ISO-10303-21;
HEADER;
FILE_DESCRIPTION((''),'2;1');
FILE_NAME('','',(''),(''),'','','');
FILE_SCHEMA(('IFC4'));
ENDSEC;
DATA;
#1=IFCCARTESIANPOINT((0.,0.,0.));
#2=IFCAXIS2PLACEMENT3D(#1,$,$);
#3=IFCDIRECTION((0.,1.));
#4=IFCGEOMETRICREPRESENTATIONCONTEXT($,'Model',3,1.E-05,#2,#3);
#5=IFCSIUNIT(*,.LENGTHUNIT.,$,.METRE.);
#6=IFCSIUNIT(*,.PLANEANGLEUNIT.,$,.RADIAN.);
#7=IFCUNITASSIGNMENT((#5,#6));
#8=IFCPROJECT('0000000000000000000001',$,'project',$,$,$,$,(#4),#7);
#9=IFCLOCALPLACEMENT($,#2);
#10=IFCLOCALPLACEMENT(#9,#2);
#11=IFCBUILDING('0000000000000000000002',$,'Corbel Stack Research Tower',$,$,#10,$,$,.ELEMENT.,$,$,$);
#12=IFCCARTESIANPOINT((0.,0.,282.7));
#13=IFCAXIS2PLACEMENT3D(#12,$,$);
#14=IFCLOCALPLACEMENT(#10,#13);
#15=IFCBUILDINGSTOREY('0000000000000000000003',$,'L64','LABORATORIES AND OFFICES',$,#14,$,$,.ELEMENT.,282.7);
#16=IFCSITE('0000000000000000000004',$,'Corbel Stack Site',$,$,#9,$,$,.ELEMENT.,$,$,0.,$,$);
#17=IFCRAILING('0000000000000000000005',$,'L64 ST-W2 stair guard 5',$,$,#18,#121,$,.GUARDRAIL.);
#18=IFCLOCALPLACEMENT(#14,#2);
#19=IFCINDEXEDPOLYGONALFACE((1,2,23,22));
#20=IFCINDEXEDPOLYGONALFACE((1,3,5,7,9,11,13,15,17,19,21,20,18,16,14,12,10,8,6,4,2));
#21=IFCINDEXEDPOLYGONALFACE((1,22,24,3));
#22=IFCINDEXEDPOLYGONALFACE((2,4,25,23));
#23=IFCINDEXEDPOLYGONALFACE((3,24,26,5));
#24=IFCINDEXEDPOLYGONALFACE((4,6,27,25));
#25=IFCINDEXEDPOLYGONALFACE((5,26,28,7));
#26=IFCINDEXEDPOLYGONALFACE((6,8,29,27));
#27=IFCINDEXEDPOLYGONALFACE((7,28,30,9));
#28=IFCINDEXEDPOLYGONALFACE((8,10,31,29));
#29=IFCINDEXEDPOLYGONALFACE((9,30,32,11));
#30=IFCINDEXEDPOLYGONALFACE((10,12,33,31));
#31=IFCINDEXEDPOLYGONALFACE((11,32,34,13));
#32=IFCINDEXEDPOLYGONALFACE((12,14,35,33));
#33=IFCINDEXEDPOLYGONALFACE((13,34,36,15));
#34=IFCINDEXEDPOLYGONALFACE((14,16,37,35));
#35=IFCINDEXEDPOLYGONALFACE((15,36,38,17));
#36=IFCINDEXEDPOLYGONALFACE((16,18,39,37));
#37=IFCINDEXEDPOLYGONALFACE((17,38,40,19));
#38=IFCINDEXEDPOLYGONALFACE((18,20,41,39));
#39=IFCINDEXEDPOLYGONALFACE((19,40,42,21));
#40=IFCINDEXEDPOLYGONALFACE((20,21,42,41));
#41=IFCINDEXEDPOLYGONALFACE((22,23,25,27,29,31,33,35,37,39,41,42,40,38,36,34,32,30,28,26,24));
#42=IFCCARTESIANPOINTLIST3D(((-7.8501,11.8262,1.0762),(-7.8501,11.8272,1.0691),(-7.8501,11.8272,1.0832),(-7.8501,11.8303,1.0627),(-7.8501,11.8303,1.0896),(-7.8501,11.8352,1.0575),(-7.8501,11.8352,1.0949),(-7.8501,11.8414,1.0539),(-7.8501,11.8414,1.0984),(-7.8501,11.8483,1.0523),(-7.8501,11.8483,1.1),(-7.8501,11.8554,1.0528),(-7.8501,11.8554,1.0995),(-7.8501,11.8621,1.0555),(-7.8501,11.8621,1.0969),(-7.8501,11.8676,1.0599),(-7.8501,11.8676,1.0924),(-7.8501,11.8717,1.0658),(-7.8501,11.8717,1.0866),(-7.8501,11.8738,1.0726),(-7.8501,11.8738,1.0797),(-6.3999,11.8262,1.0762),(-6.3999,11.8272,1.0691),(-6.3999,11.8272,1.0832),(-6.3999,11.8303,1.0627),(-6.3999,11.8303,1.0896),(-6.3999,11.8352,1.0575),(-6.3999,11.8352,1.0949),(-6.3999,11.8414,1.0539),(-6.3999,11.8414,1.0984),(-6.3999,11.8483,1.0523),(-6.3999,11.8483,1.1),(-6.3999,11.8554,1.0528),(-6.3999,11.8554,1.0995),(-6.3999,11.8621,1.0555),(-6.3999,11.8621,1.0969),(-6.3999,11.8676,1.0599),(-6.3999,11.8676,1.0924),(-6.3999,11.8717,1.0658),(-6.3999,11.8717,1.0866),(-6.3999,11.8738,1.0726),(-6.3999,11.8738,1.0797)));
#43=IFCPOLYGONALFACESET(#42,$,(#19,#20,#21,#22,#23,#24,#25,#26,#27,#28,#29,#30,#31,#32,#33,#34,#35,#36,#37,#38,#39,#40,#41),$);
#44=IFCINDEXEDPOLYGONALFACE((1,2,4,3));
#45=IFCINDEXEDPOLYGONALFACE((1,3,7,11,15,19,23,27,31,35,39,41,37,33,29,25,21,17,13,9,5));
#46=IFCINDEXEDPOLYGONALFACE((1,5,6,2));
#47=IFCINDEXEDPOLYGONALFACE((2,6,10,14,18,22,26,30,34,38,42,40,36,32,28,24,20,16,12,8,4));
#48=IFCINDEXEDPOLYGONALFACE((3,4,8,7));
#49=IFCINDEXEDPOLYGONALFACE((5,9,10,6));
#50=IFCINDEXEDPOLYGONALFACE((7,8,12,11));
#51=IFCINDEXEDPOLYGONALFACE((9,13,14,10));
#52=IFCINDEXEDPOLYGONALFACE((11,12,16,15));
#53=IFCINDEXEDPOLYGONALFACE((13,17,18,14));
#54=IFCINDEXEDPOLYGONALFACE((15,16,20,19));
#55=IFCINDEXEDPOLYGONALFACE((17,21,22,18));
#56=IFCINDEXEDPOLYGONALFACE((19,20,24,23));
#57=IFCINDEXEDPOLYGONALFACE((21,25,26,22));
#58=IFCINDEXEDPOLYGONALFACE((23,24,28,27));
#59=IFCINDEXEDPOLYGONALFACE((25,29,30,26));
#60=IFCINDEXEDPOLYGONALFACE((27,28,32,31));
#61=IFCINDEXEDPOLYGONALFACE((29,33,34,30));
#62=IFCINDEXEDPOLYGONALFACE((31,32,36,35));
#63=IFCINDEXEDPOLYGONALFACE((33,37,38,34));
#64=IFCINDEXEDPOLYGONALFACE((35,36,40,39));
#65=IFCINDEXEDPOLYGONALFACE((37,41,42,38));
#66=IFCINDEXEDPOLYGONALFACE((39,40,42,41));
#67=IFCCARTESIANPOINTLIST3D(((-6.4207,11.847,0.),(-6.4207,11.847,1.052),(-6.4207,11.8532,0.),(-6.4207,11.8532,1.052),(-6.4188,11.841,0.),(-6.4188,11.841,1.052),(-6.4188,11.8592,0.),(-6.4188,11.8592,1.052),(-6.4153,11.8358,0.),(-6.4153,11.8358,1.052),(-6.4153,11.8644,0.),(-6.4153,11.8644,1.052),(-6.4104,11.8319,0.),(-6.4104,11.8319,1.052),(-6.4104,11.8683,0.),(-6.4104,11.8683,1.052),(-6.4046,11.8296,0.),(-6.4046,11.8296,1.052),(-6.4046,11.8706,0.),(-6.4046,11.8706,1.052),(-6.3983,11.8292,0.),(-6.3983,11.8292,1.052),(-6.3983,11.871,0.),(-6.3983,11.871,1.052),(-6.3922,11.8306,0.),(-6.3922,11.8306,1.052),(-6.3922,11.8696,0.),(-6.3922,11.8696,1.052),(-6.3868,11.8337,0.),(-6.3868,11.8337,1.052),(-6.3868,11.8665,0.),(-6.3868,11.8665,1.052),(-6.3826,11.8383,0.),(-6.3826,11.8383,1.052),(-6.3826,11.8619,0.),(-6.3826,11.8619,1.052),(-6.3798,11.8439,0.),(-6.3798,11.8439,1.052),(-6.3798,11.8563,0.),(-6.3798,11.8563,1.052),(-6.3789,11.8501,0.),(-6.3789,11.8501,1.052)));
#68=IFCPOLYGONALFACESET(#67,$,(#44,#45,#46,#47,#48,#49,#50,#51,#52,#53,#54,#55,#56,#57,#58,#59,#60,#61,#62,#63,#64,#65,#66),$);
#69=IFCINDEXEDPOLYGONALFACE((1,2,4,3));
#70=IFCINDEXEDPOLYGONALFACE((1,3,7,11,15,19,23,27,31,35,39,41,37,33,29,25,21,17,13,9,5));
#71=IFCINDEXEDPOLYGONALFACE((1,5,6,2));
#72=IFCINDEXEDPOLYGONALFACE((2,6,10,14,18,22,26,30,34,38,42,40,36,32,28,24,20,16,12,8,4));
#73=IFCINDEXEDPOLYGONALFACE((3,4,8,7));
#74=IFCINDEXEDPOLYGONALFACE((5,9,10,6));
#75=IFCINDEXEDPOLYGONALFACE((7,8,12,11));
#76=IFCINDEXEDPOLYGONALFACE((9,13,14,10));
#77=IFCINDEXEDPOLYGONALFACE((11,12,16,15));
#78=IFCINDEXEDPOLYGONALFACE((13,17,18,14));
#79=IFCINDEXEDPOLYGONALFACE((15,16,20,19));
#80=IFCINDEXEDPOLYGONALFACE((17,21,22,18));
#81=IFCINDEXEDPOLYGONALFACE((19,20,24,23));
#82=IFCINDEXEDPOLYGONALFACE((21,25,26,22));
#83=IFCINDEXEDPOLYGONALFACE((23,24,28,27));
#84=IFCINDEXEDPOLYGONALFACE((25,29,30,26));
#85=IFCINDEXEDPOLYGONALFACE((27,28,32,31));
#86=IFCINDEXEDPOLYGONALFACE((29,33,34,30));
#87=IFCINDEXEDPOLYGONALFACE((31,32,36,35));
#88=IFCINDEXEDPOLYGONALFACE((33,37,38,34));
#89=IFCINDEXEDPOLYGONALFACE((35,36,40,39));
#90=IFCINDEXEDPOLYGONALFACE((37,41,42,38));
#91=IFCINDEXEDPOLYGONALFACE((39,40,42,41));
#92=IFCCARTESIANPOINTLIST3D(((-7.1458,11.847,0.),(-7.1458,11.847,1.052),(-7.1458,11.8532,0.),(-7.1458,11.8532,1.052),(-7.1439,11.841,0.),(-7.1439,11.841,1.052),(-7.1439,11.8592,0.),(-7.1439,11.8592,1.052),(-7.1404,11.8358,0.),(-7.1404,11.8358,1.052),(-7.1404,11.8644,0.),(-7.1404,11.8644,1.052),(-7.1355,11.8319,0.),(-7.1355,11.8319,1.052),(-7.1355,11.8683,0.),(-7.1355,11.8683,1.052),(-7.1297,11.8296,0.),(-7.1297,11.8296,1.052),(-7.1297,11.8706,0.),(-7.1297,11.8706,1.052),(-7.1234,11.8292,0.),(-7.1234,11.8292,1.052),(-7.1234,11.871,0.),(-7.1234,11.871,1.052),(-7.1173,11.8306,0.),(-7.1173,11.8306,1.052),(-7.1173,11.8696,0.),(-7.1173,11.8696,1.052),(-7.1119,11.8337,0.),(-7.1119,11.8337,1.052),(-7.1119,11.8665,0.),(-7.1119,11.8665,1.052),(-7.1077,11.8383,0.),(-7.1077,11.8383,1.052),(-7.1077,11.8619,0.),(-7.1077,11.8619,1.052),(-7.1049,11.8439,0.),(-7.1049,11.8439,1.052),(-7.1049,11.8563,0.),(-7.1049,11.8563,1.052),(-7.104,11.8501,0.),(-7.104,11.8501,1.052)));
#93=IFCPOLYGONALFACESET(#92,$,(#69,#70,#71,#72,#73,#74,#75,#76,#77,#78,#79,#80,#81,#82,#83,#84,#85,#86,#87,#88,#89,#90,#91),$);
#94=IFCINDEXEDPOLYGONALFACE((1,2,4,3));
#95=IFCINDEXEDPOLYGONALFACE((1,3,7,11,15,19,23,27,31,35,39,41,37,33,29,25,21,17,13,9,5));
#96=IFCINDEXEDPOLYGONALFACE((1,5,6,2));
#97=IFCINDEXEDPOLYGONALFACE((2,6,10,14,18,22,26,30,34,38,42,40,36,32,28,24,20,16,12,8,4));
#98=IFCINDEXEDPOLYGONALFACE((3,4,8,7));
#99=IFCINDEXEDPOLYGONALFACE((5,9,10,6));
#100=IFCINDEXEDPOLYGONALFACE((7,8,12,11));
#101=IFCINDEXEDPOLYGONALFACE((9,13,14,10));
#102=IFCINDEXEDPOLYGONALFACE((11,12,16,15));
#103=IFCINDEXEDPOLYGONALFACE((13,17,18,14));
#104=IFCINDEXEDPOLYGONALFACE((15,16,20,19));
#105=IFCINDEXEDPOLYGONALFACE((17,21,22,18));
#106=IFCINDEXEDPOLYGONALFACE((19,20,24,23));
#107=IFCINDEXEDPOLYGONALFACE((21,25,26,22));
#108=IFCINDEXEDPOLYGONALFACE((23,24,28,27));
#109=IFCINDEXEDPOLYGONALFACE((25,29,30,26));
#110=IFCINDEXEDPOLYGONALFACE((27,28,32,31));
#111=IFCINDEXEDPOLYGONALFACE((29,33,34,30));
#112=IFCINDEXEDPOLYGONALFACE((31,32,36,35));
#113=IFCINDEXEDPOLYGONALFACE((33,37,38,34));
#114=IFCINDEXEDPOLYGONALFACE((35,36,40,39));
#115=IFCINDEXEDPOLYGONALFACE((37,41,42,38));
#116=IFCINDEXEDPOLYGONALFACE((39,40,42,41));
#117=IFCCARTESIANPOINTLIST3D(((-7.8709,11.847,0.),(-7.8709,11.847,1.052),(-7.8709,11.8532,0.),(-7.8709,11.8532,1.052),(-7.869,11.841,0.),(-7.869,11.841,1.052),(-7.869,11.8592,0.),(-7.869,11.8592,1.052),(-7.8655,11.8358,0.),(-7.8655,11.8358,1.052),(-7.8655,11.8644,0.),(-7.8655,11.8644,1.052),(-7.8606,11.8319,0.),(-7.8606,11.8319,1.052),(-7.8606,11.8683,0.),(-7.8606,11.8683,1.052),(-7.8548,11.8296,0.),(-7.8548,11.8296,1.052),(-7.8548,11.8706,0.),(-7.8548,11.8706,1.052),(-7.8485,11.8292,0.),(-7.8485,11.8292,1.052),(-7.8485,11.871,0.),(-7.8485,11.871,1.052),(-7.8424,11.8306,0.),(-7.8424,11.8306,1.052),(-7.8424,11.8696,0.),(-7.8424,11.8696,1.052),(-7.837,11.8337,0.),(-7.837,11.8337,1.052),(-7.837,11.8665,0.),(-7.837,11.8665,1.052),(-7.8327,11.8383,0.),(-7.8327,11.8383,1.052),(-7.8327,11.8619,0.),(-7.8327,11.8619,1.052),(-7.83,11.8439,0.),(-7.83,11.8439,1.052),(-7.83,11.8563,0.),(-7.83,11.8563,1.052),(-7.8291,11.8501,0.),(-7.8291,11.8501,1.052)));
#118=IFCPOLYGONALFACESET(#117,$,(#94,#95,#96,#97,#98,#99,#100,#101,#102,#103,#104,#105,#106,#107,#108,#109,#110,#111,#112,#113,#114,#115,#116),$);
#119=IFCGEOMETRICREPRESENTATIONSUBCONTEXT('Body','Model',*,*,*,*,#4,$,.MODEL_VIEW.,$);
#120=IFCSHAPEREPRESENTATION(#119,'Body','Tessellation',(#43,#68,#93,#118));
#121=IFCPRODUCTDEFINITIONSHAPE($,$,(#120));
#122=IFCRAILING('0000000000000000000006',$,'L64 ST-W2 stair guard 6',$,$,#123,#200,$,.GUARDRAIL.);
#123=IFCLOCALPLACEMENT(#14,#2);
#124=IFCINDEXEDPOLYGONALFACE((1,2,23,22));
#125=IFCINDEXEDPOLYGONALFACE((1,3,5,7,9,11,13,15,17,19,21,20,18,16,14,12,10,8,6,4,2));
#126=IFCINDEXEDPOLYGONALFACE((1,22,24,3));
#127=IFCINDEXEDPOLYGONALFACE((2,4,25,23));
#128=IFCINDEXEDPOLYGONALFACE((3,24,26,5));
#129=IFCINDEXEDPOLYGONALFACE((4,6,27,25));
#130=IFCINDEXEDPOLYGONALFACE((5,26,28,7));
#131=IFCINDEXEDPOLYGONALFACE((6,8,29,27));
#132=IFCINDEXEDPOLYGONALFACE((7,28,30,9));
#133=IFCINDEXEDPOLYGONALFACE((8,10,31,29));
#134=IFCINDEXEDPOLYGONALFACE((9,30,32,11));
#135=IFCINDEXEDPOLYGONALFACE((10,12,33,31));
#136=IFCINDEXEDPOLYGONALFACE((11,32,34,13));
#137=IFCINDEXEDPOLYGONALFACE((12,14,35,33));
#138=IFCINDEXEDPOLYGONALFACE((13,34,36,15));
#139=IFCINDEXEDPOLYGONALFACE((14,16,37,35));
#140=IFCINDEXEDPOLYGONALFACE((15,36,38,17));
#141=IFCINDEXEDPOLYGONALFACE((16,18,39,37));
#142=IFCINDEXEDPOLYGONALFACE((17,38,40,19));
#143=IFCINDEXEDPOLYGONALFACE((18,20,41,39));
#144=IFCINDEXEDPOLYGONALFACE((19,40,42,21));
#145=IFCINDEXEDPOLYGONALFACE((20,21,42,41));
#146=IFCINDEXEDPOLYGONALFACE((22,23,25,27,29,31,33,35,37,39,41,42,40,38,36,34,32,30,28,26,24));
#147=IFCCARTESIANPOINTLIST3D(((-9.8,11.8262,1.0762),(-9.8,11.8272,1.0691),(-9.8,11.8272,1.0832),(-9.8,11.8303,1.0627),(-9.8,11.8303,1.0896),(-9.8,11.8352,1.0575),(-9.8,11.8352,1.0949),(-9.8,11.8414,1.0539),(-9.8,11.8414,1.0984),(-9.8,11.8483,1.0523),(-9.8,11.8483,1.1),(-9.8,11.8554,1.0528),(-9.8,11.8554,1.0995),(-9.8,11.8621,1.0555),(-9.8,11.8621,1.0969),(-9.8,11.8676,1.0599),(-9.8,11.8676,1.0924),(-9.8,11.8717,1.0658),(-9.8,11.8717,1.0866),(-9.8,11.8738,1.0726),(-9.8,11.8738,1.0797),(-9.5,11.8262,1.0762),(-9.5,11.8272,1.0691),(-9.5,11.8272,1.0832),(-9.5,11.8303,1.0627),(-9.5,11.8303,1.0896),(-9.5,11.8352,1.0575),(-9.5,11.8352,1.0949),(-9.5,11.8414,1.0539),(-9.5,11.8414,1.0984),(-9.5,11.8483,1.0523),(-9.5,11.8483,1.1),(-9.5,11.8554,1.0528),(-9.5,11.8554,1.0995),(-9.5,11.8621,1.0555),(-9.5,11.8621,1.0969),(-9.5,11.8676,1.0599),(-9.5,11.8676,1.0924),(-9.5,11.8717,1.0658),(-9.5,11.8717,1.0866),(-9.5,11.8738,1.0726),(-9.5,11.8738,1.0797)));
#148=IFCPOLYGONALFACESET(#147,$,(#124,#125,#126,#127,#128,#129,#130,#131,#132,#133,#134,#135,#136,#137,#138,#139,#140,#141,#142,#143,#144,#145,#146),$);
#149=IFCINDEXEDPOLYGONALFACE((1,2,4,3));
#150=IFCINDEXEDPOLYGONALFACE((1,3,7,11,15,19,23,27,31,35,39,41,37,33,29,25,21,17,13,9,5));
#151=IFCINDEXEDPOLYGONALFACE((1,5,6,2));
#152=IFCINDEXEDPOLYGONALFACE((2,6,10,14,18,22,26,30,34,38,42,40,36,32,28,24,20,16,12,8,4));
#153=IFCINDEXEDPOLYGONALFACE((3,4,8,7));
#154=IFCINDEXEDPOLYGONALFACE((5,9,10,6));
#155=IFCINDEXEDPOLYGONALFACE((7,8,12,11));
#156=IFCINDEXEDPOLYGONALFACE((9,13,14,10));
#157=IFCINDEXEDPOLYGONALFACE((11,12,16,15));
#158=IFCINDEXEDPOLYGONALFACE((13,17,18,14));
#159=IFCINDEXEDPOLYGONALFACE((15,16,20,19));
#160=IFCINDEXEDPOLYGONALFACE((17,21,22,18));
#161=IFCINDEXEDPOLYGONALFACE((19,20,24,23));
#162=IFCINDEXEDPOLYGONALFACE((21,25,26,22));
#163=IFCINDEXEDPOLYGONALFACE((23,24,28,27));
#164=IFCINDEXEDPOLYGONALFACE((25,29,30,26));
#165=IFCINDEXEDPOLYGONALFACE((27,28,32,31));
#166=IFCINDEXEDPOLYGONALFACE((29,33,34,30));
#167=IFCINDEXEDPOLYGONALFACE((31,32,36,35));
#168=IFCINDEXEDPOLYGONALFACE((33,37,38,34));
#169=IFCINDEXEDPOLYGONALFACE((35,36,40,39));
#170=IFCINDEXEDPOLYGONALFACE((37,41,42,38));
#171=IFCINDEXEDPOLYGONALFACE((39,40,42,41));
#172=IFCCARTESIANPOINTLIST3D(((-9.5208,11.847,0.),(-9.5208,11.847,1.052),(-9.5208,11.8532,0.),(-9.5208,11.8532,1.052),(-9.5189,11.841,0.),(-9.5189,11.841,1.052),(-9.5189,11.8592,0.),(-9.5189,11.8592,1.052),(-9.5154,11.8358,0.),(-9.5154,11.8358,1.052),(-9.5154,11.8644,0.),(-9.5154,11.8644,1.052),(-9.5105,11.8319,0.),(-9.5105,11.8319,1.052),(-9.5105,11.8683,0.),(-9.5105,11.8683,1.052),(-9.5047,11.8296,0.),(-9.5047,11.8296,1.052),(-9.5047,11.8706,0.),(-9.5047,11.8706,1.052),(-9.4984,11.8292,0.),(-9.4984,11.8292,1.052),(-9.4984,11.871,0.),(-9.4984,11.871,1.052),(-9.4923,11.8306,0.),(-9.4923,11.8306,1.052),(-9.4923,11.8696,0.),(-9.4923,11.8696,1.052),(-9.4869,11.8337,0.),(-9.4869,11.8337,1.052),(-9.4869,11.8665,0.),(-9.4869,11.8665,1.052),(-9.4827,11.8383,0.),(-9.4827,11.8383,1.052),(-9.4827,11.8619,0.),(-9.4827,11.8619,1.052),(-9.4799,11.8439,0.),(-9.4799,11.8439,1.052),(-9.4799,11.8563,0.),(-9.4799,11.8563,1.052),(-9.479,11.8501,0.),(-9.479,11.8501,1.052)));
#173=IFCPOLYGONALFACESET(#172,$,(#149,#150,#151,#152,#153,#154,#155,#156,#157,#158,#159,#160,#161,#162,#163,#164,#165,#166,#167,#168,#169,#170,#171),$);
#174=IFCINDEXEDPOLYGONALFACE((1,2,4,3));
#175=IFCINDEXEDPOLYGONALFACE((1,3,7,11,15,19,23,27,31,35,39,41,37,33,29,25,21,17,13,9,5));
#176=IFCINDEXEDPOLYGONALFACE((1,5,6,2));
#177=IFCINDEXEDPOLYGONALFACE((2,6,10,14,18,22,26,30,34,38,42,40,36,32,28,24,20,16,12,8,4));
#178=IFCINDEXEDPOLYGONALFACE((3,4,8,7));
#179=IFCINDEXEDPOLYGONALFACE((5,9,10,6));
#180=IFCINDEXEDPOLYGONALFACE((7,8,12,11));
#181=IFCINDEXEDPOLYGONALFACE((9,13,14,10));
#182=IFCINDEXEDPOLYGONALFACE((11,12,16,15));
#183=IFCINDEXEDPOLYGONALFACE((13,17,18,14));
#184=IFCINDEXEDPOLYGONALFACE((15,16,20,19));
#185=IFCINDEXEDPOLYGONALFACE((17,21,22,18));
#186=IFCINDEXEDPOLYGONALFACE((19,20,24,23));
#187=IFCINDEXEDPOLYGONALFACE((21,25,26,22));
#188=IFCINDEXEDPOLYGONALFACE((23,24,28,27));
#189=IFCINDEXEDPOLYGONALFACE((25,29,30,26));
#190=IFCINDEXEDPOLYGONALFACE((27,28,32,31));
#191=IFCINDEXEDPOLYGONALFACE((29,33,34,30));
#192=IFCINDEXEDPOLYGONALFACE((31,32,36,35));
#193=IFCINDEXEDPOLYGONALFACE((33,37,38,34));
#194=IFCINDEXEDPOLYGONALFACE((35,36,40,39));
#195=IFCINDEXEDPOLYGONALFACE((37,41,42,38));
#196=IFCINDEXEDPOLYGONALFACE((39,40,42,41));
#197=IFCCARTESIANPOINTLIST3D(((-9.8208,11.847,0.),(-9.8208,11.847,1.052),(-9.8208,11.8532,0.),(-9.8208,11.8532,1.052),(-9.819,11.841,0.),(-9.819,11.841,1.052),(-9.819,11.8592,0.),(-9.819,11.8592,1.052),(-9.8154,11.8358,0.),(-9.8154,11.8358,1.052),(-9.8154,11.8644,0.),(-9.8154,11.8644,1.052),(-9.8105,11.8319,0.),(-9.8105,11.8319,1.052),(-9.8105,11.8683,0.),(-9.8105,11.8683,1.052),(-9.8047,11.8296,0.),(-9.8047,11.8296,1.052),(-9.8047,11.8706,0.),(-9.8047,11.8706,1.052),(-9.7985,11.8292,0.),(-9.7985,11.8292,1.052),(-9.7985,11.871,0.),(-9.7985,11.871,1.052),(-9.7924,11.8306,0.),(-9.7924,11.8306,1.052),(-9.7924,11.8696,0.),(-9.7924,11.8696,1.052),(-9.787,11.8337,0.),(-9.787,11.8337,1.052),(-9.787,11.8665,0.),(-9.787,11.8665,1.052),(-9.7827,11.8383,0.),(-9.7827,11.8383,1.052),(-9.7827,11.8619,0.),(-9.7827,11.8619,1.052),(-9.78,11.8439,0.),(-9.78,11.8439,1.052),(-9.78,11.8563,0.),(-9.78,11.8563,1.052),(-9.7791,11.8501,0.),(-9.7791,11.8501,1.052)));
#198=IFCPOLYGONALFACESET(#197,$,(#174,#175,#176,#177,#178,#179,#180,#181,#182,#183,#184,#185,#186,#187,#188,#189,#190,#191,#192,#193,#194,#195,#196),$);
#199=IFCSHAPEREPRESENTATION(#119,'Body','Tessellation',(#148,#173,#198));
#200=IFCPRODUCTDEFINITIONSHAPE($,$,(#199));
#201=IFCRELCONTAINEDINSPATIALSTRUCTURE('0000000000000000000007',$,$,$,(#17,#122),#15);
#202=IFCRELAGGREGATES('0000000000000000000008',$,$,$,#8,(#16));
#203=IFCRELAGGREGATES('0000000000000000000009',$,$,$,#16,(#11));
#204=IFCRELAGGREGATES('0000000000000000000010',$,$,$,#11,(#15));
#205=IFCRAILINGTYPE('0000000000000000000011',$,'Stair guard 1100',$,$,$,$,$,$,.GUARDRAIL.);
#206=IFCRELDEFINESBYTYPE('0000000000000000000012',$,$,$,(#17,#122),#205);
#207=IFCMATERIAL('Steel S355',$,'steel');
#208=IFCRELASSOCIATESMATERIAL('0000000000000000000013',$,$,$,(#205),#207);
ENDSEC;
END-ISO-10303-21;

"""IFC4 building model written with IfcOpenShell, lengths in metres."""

from ifc_helpers import new_model, si_unit, direction, frame, origin, origin_2d, place, context, subcontext, project, spatial, circle, extrude, material, type_object, element, save


model = new_model("IFC4")

# Units and contexts
model_context = context("Model", 3, precision=1e-05, world=origin(), true_north=direction((0.0, 1.0)))
body_context = subcontext(model_context, "Body", "Model", "MODEL_VIEW")
ifc_project = project(units=[si_unit("LENGTHUNIT", "METRE"), si_unit("PLANEANGLEUNIT", "RADIAN")], contexts=[model_context])

# Site, building, storey
site_placement = place(None, origin())
site = spatial("IfcSite", under=ifc_project, at=site_placement, Name="Corbel Stack Site", CompositionType="ELEMENT", RefElevation=0.0)
building_placement = place(site_placement, origin())
building = spatial("IfcBuilding", under=site, at=building_placement, Name="Corbel Stack Research Tower", CompositionType="ELEMENT")
storey_placement = place(building_placement, frame((0.0, 0.0, 282.7)))
storey = spatial("IfcBuildingStorey", under=building, at=storey_placement, Name="L64", Description="LABORATORIES AND OFFICES", CompositionType="ELEMENT", Elevation=282.7)

# Railings
ifc_material_1 = material(Name="Steel S355", Category="steel")
railing_type_1 = type_object("IfcRailingType", Name="Stair guard 1100", PredefinedType="GUARDRAIL", material=ifc_material_1)
railing_1_placement = place(storey_placement, frame((-6.3999, 11.8501, 0.0)))
element("IfcRailing", 1, at=railing_1_placement, inside=storey, type_object=railing_type_1, Name="L64 ST-W2 stair guard 5", PredefinedType="GUARDRAIL", context=body_context, shape_type="SweptSolid", body=[
    extrude(circle(Radius=0.0239, at=origin_2d()), frame((0.0, 0.0, 1.0762), z_axis=(-1.0, 0.0, 0.0), x_axis=(0.0, -1.0, 0.0)), (0.0, 0.0, 1.0), 1.4502),
    extrude(circle(Radius=0.021, at=origin_2d()), origin(), (0.0, 0.0, 1.0), 1.052),
    extrude(circle(Radius=0.021, at=origin_2d()), frame((-0.7251, 0.0, 0.0)), (0.0, 0.0, 1.0), 1.052),
    extrude(circle(Radius=0.021, at=origin_2d()), frame((-1.4502, 0.0, 0.0)), (0.0, 0.0, 1.0), 1.052),
])
railing_2_placement = place(storey_placement, frame((-9.5, 11.8501, 0.0)))
element("IfcRailing", 2, at=railing_2_placement, inside=storey, type_object=railing_type_1, Name="L64 ST-W2 stair guard 6", PredefinedType="GUARDRAIL", context=body_context, shape_type="SweptSolid", body=[
    extrude(circle(Radius=0.0239, at=origin_2d()), frame((0.0, 0.0, 1.0762), z_axis=(-1.0, 0.0, 0.0), x_axis=(0.0, -1.0, 0.0)), (0.0, 0.0, 1.0), 0.3),
    extrude(circle(Radius=0.021, at=origin_2d()), origin(), (0.0, 0.0, 1.0), 1.052),
    extrude(circle(Radius=0.021, at=origin_2d()), frame((-0.3, 0.0, 0.0)), (0.0, 0.0, 1.0), 1.052),
])

save(model, "model.ifc")
